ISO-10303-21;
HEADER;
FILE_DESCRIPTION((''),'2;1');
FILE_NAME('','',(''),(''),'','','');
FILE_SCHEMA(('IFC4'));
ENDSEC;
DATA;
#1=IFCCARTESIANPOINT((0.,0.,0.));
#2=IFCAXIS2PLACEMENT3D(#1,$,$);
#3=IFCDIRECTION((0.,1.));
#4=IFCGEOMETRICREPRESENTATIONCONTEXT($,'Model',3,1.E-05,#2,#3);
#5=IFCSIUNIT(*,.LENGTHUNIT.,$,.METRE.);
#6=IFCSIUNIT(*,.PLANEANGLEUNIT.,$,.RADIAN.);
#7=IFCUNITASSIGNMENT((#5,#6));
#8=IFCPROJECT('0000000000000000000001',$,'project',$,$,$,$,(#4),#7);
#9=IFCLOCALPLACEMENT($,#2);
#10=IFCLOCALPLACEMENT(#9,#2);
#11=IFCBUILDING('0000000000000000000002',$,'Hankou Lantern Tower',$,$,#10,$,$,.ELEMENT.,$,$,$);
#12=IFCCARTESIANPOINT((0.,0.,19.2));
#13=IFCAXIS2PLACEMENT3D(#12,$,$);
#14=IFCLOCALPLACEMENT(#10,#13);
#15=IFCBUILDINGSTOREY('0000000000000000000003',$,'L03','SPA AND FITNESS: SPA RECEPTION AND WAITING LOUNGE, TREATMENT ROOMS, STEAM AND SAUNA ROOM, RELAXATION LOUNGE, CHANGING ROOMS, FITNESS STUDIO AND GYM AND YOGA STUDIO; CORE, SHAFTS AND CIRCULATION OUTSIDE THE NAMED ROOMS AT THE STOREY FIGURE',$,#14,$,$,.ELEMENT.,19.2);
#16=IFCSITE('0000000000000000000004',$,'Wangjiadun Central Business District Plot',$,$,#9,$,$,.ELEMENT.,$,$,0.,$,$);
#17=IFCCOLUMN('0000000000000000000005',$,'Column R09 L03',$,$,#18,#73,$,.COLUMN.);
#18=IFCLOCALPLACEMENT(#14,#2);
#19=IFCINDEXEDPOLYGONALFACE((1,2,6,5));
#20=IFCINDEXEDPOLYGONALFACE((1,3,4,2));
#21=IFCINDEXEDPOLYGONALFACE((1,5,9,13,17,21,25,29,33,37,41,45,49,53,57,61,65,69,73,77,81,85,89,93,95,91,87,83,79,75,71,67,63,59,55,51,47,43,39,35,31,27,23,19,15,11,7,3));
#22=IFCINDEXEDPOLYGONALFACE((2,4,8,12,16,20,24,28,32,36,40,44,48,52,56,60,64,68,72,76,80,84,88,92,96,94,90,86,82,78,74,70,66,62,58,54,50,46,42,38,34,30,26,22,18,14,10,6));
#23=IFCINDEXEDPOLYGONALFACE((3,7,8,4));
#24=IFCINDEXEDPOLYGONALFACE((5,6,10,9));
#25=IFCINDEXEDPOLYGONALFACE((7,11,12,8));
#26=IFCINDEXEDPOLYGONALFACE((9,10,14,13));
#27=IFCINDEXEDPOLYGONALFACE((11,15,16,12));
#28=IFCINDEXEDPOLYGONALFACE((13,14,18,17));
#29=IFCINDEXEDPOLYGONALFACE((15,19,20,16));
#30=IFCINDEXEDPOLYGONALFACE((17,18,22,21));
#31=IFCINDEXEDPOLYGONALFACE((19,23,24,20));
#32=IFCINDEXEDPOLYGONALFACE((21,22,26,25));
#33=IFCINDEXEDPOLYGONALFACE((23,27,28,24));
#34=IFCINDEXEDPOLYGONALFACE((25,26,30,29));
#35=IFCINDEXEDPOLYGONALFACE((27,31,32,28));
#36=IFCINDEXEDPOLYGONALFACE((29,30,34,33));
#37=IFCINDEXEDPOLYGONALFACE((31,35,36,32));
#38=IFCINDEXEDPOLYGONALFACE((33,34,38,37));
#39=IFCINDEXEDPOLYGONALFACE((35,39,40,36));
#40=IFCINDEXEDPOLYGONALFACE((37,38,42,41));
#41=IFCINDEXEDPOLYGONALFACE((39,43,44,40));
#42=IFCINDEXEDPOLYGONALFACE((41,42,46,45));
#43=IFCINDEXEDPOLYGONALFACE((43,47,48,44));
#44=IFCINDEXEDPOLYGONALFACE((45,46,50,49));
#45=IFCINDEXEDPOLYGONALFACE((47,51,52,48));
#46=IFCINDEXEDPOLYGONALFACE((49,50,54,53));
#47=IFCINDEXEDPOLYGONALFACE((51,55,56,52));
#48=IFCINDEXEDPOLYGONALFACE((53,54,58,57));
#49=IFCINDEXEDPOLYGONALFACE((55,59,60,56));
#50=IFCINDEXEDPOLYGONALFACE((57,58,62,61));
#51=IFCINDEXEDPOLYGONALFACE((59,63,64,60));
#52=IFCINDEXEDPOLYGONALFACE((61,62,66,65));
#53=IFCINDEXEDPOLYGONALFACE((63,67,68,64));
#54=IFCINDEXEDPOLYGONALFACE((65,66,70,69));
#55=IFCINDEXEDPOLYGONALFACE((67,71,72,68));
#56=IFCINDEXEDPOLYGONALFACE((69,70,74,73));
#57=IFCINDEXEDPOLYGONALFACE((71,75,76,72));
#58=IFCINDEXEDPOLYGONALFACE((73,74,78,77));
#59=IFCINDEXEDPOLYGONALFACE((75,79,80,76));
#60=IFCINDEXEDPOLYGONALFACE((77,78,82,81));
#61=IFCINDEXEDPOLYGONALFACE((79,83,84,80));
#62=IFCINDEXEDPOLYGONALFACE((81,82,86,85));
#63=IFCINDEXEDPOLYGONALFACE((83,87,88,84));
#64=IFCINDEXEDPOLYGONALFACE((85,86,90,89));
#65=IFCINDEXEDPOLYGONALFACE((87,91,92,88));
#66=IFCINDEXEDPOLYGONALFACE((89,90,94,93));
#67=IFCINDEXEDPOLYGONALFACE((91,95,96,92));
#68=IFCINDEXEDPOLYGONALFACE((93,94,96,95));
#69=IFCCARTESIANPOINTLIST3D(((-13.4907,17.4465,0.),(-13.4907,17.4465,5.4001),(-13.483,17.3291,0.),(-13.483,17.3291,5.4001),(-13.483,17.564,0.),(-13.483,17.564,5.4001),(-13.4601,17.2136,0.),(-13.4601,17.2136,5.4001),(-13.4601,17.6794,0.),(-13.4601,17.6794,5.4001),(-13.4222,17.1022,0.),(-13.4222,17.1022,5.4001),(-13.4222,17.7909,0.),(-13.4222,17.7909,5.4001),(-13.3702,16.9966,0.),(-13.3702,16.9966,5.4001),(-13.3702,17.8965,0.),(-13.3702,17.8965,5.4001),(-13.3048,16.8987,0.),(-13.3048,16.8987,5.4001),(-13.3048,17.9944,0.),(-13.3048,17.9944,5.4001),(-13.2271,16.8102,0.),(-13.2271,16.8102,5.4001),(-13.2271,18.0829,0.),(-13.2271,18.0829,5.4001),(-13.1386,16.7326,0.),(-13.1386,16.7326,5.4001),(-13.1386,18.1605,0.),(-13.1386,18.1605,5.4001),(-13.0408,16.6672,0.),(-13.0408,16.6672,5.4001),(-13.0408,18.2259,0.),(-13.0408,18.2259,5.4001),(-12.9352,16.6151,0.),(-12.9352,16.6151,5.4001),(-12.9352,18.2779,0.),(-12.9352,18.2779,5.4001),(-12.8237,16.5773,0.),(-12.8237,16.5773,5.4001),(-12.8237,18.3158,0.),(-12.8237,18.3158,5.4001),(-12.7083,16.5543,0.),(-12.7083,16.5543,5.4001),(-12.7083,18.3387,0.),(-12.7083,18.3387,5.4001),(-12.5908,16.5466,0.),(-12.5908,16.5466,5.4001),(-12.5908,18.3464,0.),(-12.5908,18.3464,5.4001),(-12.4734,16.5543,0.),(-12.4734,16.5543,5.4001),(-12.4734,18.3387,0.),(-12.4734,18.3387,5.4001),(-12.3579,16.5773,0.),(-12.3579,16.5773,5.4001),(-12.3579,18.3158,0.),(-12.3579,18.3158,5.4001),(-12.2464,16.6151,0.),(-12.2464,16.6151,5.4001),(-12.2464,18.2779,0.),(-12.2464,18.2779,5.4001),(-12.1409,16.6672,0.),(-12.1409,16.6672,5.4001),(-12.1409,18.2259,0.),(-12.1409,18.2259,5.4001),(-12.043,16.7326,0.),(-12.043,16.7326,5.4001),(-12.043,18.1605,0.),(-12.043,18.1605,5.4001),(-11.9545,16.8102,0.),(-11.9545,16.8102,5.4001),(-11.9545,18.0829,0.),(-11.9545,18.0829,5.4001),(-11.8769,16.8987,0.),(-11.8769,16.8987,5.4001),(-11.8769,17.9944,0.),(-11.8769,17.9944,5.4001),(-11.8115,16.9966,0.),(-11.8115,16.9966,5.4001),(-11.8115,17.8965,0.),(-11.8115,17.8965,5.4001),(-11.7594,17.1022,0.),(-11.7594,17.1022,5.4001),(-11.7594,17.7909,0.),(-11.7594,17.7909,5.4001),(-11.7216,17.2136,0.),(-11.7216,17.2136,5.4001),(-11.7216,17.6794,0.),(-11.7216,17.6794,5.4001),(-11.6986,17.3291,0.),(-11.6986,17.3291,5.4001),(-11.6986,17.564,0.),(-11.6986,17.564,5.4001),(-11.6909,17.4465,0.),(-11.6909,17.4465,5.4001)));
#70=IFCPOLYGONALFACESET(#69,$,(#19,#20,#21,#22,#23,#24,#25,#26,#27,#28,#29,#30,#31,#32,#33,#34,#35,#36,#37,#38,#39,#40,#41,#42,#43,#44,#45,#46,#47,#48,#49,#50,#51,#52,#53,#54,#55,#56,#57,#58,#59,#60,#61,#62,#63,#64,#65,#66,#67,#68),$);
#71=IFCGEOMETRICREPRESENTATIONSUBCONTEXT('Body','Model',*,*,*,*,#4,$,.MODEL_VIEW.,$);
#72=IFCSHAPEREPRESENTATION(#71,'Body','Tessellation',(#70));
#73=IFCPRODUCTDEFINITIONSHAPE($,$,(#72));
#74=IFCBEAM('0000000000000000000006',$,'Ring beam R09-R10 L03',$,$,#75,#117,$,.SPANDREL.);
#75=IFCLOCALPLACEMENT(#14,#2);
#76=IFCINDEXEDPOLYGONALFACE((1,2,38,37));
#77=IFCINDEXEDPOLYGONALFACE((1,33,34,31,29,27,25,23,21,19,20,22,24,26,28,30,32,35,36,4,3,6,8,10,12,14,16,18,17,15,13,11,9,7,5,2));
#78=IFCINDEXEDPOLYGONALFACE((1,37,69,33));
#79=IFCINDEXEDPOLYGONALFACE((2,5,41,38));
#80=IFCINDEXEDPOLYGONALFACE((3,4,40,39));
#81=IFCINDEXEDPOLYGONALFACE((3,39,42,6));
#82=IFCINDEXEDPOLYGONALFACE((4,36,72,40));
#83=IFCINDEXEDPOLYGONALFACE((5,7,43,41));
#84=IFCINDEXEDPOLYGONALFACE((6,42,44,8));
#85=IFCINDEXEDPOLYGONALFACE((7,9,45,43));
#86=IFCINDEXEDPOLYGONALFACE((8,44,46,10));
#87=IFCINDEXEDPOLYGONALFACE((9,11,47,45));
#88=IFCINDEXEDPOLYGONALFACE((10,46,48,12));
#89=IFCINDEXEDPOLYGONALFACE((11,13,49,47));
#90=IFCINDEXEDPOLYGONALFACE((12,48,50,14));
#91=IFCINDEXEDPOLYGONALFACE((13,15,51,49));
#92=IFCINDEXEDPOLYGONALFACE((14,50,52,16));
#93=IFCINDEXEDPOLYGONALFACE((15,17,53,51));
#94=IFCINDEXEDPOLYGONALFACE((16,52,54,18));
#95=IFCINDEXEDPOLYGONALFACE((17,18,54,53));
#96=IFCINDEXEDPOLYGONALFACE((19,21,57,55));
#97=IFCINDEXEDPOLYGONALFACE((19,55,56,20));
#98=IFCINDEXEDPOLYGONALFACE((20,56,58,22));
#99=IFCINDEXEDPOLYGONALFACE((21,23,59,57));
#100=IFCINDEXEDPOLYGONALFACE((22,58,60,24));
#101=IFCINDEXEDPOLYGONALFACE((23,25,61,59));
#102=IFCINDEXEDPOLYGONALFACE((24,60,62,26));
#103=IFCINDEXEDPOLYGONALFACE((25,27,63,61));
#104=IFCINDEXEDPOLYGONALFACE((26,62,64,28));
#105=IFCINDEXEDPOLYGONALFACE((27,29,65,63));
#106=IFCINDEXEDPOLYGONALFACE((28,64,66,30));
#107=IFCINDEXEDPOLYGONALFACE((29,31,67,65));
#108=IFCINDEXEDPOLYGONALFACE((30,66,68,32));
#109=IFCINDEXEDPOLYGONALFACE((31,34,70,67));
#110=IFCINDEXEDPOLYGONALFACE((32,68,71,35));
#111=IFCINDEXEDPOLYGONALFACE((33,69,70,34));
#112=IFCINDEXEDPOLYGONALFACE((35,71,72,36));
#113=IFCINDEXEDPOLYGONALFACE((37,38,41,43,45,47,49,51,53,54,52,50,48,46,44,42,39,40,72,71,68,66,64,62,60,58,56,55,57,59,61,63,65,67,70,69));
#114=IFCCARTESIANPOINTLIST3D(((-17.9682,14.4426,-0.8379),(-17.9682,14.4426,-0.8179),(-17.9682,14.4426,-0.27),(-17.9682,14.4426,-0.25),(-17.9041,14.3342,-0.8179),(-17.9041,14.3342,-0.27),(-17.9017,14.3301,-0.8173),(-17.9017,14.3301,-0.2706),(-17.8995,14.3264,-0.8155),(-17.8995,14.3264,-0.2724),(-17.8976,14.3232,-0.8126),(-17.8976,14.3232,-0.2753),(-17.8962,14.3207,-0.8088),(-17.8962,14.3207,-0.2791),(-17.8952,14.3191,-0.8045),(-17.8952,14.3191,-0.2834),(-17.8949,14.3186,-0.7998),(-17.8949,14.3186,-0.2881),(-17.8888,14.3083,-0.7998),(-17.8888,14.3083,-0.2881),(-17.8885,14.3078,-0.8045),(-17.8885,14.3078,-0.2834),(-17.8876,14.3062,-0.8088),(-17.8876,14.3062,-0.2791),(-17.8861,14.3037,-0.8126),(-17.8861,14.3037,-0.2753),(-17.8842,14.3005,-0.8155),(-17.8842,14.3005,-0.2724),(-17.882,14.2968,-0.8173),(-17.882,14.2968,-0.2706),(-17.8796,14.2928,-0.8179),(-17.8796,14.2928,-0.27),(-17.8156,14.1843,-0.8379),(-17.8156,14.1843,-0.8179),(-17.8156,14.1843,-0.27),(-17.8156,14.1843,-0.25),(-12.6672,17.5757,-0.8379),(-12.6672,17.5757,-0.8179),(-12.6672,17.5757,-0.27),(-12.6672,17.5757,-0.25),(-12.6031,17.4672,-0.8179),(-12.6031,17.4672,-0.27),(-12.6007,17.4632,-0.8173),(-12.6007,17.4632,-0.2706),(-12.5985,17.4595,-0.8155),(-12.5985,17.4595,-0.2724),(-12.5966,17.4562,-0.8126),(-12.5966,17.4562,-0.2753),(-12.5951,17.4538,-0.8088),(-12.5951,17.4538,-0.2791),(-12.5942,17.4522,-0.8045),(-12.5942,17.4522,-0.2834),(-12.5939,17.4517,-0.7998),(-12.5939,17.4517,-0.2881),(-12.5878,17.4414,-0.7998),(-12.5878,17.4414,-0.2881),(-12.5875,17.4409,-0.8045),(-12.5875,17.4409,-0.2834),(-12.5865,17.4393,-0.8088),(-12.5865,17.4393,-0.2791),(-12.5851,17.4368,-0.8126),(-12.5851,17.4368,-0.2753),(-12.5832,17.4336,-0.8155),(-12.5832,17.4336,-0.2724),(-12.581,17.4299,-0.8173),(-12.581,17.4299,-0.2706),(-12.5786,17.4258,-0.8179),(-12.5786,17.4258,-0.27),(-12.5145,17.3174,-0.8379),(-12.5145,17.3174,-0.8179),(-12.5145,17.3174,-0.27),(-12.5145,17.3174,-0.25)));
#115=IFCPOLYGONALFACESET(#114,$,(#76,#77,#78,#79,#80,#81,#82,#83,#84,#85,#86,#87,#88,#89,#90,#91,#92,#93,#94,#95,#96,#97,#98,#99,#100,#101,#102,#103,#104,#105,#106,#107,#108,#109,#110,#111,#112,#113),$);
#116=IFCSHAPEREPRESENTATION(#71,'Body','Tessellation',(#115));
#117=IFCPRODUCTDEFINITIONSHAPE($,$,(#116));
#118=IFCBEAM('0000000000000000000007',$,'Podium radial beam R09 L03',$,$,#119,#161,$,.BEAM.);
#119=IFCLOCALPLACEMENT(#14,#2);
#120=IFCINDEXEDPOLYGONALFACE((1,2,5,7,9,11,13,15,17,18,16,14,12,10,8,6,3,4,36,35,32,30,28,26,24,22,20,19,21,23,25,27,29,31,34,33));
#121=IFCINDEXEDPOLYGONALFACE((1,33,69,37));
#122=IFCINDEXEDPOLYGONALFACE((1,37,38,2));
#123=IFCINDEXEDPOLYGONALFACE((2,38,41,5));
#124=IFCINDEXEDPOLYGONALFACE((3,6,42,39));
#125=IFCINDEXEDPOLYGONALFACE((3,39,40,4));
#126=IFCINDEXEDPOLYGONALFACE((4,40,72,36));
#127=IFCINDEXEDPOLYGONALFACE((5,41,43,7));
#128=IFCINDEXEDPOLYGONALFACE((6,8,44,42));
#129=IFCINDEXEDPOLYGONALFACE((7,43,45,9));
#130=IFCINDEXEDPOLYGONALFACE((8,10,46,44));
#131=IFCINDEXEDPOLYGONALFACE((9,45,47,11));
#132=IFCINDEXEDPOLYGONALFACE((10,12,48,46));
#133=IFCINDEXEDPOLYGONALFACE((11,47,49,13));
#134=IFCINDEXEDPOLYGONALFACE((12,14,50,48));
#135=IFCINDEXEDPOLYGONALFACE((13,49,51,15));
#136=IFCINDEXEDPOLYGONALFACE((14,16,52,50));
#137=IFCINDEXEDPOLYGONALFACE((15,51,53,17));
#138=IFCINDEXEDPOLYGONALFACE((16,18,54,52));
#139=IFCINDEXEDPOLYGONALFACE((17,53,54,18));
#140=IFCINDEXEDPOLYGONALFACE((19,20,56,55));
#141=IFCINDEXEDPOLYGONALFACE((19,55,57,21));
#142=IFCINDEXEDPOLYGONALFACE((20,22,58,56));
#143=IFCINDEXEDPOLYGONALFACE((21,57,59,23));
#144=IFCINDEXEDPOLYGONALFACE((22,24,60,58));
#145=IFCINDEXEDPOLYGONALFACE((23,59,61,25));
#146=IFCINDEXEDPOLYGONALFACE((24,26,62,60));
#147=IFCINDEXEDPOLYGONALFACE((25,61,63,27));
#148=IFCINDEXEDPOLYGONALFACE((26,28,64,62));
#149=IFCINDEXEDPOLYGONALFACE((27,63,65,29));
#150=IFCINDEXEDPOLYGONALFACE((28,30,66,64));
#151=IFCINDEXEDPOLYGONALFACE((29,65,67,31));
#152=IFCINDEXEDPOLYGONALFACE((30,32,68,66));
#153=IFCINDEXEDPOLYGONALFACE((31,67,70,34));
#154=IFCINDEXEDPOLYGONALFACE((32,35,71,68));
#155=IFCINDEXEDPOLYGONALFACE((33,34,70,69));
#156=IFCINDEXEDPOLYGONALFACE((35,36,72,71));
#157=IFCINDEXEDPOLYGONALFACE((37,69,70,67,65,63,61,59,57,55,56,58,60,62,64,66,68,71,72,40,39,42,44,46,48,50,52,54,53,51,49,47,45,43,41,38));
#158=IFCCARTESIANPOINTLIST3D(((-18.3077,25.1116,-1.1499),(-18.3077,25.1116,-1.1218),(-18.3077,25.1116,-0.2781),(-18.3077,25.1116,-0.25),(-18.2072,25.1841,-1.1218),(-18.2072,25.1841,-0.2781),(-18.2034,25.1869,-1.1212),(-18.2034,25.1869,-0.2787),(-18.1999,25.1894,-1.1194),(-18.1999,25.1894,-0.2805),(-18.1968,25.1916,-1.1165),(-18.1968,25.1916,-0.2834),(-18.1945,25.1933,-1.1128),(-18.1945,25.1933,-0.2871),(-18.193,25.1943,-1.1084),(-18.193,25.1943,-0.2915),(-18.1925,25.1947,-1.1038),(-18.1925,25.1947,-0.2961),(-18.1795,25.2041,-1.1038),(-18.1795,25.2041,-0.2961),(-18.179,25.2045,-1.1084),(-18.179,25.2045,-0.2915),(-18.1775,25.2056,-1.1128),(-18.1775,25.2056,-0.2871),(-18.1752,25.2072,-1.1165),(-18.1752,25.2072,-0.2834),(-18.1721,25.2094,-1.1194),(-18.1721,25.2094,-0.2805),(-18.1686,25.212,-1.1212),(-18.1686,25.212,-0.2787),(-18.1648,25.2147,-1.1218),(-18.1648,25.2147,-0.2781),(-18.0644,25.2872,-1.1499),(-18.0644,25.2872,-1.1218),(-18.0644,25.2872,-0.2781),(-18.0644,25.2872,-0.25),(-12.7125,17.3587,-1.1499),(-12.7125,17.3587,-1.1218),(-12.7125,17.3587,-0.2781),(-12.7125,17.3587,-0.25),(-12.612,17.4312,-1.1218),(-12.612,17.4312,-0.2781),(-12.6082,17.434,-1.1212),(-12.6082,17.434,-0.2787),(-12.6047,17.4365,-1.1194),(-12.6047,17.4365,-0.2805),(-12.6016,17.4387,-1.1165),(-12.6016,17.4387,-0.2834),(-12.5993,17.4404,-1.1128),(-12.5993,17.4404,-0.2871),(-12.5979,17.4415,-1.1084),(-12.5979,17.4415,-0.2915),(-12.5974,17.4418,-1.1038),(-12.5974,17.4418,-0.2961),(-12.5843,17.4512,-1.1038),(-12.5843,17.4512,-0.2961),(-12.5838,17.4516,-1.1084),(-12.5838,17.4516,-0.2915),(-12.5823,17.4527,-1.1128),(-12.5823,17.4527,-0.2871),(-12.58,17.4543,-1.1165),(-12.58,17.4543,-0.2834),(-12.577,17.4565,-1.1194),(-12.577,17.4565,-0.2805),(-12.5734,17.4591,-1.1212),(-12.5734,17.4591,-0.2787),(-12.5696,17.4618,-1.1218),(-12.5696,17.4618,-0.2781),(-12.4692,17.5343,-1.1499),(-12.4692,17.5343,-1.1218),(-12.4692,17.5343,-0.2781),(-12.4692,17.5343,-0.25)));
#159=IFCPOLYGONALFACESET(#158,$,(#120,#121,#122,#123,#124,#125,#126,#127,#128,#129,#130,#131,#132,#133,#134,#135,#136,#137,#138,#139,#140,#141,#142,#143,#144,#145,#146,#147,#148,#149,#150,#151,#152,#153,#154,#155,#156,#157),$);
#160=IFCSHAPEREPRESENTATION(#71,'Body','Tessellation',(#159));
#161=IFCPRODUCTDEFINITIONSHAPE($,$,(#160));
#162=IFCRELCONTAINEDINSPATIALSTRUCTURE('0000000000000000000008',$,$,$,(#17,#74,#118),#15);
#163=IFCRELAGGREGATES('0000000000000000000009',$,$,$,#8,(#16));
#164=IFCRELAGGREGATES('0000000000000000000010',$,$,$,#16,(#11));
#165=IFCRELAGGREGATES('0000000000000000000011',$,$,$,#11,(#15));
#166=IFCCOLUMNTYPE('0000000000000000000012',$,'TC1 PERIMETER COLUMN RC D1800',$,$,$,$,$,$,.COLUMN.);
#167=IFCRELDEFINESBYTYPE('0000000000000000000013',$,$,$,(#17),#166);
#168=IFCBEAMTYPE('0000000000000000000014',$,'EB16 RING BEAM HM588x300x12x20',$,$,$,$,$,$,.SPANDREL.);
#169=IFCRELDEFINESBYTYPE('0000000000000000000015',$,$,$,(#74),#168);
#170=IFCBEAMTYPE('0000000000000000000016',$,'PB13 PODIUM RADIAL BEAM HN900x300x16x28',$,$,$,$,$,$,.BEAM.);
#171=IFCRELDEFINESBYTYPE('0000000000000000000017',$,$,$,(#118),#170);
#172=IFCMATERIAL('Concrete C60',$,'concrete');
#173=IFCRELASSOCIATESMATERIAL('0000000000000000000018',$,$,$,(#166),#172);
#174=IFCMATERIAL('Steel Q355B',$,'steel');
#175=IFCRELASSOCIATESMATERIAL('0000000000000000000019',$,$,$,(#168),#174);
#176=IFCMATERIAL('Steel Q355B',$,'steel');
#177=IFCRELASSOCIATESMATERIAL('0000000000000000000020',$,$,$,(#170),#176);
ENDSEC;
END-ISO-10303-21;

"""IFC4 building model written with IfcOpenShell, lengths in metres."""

from ifc_helpers import new_model, si_unit, direction, frame, origin, origin_2d, place, context, subcontext, project, spatial, circle, i_section, extrude, material, material_profile, profile_set, type_object, element, save


model = new_model("IFC4")

# Units and contexts
model_context = context("Model", 3, precision=1e-05, world=origin(), true_north=direction((0.0, 1.0)))
body_context = subcontext(model_context, "Body", "Model", "MODEL_VIEW")
ifc_project = project(units=[si_unit("LENGTHUNIT", "METRE"), si_unit("PLANEANGLEUNIT", "RADIAN")], contexts=[model_context])

# Site, building, storey
site_placement = place(None, origin())
site = spatial("IfcSite", under=ifc_project, at=site_placement, Name="Wangjiadun Central Business District Plot", CompositionType="ELEMENT", RefElevation=0.0)
building_placement = place(site_placement, origin())
building = spatial("IfcBuilding", under=site, at=building_placement, Name="Hankou Lantern Tower", CompositionType="ELEMENT")
storey_placement = place(building_placement, frame((0.0, 0.0, 19.2)))
storey = spatial("IfcBuildingStorey", under=building, at=storey_placement, Name="L03", Description="SPA AND FITNESS: SPA RECEPTION AND WAITING LOUNGE, TREATMENT ROOMS, STEAM AND SAUNA ROOM, RELAXATION LOUNGE, CHANGING ROOMS, FITNESS STUDIO AND GYM AND YOGA STUDIO; CORE, SHAFTS AND CIRCULATION OUTSIDE THE NAMED ROOMS AT THE STOREY FIGURE", CompositionType="ELEMENT", Elevation=19.2)

# Column
ifc_material_1 = material(Name="Concrete C60", Category="concrete")
ifc_material_profile_1 = material_profile(ifc_material_1, circle(Radius=0.8999, at=origin_2d()), Name="RC D1800")
ifc_profile_set_1 = profile_set([ifc_material_profile_1], Name="Concrete C60")
column_type = type_object("IfcColumnType", Name="TC1 PERIMETER COLUMN RC D1800", PredefinedType="COLUMN", material=ifc_profile_set_1)
column_placement = place(storey_placement, frame((-12.5908, 17.4465, 0.0), z_axis=(0.0, 0.0, 1.0), x_axis=(1.0, 0.0, 0.0)))
element("IfcColumn", 1, at=column_placement, inside=storey, type_object=column_type, Name="Column R09 L03", PredefinedType="COLUMN", context=body_context, shape_type="SweptSolid", body=[
    extrude(circle(Radius=0.8999, at=origin_2d()), origin(), (0.0, 0.0, 1.0), 5.4001),
])

# Beams
ifc_material_2 = material(Name="Steel Q355B", Category="steel")
ifc_material_profile_2 = material_profile(ifc_material_2, i_section(OverallWidth=0.3, OverallDepth=0.5879, WebThickness=0.012, FlangeThickness=0.02, FilletRadius=0.0181, at=origin_2d()), Name="HM588x300x12x20")
ifc_profile_set_2 = profile_set([ifc_material_profile_2], Name="Steel Q355B")
beam_type_1 = type_object("IfcBeamType", Name="EB16 RING BEAM HM588x300x12x20", PredefinedType="SPANDREL", material=ifc_profile_set_2)
beam_1_placement = place(storey_placement, frame((-12.5908, 17.4465, -0.5439), z_axis=(-0.860882, -0.508805, 0.0), x_axis=(0.508805, -0.860882, 0.0)))
element("IfcBeam", 2, at=beam_1_placement, inside=storey, type_object=beam_type_1, Name="Ring beam R09-R10 L03", PredefinedType="SPANDREL", context=body_context, shape_type="SweptSolid", body=[
    extrude(i_section(OverallWidth=0.3, OverallDepth=0.5879, WebThickness=0.012, FlangeThickness=0.02, FilletRadius=0.0181, at=origin_2d()), origin(), (0.0, 0.0, 1.0), 6.1577),
])
ifc_material_3 = material(Name="Steel Q355B", Category="steel")
ifc_material_profile_3 = material_profile(ifc_material_3, i_section(OverallWidth=0.3, OverallDepth=0.8999, WebThickness=0.0161, FlangeThickness=0.0281, FilletRadius=0.0181, at=origin_2d()), Name="HN900x300x16x28")
ifc_profile_set_3 = profile_set([ifc_material_profile_3], Name="Steel Q355B")
beam_type_2 = type_object("IfcBeamType", Name="PB13 PODIUM RADIAL BEAM HN900x300x16x28", PredefinedType="BEAM", material=ifc_profile_set_3)
beam_2_placement = place(storey_placement, frame((-12.5908, 17.4465, -0.7), z_axis=(-0.585207, 0.810884, 0.0), x_axis=(-0.810884, -0.585207, 0.0)))
element("IfcBeam", 3, at=beam_2_placement, inside=storey, type_object=beam_type_2, Name="Podium radial beam R09 L03", PredefinedType="BEAM", context=body_context, shape_type="SweptSolid", body=[
    extrude(i_section(OverallWidth=0.3, OverallDepth=0.8999, WebThickness=0.0161, FlangeThickness=0.0281, FilletRadius=0.0181, at=origin_2d()), origin(), (0.0, 0.0, 1.0), 9.561),
])

save(model, "model.ifc")
